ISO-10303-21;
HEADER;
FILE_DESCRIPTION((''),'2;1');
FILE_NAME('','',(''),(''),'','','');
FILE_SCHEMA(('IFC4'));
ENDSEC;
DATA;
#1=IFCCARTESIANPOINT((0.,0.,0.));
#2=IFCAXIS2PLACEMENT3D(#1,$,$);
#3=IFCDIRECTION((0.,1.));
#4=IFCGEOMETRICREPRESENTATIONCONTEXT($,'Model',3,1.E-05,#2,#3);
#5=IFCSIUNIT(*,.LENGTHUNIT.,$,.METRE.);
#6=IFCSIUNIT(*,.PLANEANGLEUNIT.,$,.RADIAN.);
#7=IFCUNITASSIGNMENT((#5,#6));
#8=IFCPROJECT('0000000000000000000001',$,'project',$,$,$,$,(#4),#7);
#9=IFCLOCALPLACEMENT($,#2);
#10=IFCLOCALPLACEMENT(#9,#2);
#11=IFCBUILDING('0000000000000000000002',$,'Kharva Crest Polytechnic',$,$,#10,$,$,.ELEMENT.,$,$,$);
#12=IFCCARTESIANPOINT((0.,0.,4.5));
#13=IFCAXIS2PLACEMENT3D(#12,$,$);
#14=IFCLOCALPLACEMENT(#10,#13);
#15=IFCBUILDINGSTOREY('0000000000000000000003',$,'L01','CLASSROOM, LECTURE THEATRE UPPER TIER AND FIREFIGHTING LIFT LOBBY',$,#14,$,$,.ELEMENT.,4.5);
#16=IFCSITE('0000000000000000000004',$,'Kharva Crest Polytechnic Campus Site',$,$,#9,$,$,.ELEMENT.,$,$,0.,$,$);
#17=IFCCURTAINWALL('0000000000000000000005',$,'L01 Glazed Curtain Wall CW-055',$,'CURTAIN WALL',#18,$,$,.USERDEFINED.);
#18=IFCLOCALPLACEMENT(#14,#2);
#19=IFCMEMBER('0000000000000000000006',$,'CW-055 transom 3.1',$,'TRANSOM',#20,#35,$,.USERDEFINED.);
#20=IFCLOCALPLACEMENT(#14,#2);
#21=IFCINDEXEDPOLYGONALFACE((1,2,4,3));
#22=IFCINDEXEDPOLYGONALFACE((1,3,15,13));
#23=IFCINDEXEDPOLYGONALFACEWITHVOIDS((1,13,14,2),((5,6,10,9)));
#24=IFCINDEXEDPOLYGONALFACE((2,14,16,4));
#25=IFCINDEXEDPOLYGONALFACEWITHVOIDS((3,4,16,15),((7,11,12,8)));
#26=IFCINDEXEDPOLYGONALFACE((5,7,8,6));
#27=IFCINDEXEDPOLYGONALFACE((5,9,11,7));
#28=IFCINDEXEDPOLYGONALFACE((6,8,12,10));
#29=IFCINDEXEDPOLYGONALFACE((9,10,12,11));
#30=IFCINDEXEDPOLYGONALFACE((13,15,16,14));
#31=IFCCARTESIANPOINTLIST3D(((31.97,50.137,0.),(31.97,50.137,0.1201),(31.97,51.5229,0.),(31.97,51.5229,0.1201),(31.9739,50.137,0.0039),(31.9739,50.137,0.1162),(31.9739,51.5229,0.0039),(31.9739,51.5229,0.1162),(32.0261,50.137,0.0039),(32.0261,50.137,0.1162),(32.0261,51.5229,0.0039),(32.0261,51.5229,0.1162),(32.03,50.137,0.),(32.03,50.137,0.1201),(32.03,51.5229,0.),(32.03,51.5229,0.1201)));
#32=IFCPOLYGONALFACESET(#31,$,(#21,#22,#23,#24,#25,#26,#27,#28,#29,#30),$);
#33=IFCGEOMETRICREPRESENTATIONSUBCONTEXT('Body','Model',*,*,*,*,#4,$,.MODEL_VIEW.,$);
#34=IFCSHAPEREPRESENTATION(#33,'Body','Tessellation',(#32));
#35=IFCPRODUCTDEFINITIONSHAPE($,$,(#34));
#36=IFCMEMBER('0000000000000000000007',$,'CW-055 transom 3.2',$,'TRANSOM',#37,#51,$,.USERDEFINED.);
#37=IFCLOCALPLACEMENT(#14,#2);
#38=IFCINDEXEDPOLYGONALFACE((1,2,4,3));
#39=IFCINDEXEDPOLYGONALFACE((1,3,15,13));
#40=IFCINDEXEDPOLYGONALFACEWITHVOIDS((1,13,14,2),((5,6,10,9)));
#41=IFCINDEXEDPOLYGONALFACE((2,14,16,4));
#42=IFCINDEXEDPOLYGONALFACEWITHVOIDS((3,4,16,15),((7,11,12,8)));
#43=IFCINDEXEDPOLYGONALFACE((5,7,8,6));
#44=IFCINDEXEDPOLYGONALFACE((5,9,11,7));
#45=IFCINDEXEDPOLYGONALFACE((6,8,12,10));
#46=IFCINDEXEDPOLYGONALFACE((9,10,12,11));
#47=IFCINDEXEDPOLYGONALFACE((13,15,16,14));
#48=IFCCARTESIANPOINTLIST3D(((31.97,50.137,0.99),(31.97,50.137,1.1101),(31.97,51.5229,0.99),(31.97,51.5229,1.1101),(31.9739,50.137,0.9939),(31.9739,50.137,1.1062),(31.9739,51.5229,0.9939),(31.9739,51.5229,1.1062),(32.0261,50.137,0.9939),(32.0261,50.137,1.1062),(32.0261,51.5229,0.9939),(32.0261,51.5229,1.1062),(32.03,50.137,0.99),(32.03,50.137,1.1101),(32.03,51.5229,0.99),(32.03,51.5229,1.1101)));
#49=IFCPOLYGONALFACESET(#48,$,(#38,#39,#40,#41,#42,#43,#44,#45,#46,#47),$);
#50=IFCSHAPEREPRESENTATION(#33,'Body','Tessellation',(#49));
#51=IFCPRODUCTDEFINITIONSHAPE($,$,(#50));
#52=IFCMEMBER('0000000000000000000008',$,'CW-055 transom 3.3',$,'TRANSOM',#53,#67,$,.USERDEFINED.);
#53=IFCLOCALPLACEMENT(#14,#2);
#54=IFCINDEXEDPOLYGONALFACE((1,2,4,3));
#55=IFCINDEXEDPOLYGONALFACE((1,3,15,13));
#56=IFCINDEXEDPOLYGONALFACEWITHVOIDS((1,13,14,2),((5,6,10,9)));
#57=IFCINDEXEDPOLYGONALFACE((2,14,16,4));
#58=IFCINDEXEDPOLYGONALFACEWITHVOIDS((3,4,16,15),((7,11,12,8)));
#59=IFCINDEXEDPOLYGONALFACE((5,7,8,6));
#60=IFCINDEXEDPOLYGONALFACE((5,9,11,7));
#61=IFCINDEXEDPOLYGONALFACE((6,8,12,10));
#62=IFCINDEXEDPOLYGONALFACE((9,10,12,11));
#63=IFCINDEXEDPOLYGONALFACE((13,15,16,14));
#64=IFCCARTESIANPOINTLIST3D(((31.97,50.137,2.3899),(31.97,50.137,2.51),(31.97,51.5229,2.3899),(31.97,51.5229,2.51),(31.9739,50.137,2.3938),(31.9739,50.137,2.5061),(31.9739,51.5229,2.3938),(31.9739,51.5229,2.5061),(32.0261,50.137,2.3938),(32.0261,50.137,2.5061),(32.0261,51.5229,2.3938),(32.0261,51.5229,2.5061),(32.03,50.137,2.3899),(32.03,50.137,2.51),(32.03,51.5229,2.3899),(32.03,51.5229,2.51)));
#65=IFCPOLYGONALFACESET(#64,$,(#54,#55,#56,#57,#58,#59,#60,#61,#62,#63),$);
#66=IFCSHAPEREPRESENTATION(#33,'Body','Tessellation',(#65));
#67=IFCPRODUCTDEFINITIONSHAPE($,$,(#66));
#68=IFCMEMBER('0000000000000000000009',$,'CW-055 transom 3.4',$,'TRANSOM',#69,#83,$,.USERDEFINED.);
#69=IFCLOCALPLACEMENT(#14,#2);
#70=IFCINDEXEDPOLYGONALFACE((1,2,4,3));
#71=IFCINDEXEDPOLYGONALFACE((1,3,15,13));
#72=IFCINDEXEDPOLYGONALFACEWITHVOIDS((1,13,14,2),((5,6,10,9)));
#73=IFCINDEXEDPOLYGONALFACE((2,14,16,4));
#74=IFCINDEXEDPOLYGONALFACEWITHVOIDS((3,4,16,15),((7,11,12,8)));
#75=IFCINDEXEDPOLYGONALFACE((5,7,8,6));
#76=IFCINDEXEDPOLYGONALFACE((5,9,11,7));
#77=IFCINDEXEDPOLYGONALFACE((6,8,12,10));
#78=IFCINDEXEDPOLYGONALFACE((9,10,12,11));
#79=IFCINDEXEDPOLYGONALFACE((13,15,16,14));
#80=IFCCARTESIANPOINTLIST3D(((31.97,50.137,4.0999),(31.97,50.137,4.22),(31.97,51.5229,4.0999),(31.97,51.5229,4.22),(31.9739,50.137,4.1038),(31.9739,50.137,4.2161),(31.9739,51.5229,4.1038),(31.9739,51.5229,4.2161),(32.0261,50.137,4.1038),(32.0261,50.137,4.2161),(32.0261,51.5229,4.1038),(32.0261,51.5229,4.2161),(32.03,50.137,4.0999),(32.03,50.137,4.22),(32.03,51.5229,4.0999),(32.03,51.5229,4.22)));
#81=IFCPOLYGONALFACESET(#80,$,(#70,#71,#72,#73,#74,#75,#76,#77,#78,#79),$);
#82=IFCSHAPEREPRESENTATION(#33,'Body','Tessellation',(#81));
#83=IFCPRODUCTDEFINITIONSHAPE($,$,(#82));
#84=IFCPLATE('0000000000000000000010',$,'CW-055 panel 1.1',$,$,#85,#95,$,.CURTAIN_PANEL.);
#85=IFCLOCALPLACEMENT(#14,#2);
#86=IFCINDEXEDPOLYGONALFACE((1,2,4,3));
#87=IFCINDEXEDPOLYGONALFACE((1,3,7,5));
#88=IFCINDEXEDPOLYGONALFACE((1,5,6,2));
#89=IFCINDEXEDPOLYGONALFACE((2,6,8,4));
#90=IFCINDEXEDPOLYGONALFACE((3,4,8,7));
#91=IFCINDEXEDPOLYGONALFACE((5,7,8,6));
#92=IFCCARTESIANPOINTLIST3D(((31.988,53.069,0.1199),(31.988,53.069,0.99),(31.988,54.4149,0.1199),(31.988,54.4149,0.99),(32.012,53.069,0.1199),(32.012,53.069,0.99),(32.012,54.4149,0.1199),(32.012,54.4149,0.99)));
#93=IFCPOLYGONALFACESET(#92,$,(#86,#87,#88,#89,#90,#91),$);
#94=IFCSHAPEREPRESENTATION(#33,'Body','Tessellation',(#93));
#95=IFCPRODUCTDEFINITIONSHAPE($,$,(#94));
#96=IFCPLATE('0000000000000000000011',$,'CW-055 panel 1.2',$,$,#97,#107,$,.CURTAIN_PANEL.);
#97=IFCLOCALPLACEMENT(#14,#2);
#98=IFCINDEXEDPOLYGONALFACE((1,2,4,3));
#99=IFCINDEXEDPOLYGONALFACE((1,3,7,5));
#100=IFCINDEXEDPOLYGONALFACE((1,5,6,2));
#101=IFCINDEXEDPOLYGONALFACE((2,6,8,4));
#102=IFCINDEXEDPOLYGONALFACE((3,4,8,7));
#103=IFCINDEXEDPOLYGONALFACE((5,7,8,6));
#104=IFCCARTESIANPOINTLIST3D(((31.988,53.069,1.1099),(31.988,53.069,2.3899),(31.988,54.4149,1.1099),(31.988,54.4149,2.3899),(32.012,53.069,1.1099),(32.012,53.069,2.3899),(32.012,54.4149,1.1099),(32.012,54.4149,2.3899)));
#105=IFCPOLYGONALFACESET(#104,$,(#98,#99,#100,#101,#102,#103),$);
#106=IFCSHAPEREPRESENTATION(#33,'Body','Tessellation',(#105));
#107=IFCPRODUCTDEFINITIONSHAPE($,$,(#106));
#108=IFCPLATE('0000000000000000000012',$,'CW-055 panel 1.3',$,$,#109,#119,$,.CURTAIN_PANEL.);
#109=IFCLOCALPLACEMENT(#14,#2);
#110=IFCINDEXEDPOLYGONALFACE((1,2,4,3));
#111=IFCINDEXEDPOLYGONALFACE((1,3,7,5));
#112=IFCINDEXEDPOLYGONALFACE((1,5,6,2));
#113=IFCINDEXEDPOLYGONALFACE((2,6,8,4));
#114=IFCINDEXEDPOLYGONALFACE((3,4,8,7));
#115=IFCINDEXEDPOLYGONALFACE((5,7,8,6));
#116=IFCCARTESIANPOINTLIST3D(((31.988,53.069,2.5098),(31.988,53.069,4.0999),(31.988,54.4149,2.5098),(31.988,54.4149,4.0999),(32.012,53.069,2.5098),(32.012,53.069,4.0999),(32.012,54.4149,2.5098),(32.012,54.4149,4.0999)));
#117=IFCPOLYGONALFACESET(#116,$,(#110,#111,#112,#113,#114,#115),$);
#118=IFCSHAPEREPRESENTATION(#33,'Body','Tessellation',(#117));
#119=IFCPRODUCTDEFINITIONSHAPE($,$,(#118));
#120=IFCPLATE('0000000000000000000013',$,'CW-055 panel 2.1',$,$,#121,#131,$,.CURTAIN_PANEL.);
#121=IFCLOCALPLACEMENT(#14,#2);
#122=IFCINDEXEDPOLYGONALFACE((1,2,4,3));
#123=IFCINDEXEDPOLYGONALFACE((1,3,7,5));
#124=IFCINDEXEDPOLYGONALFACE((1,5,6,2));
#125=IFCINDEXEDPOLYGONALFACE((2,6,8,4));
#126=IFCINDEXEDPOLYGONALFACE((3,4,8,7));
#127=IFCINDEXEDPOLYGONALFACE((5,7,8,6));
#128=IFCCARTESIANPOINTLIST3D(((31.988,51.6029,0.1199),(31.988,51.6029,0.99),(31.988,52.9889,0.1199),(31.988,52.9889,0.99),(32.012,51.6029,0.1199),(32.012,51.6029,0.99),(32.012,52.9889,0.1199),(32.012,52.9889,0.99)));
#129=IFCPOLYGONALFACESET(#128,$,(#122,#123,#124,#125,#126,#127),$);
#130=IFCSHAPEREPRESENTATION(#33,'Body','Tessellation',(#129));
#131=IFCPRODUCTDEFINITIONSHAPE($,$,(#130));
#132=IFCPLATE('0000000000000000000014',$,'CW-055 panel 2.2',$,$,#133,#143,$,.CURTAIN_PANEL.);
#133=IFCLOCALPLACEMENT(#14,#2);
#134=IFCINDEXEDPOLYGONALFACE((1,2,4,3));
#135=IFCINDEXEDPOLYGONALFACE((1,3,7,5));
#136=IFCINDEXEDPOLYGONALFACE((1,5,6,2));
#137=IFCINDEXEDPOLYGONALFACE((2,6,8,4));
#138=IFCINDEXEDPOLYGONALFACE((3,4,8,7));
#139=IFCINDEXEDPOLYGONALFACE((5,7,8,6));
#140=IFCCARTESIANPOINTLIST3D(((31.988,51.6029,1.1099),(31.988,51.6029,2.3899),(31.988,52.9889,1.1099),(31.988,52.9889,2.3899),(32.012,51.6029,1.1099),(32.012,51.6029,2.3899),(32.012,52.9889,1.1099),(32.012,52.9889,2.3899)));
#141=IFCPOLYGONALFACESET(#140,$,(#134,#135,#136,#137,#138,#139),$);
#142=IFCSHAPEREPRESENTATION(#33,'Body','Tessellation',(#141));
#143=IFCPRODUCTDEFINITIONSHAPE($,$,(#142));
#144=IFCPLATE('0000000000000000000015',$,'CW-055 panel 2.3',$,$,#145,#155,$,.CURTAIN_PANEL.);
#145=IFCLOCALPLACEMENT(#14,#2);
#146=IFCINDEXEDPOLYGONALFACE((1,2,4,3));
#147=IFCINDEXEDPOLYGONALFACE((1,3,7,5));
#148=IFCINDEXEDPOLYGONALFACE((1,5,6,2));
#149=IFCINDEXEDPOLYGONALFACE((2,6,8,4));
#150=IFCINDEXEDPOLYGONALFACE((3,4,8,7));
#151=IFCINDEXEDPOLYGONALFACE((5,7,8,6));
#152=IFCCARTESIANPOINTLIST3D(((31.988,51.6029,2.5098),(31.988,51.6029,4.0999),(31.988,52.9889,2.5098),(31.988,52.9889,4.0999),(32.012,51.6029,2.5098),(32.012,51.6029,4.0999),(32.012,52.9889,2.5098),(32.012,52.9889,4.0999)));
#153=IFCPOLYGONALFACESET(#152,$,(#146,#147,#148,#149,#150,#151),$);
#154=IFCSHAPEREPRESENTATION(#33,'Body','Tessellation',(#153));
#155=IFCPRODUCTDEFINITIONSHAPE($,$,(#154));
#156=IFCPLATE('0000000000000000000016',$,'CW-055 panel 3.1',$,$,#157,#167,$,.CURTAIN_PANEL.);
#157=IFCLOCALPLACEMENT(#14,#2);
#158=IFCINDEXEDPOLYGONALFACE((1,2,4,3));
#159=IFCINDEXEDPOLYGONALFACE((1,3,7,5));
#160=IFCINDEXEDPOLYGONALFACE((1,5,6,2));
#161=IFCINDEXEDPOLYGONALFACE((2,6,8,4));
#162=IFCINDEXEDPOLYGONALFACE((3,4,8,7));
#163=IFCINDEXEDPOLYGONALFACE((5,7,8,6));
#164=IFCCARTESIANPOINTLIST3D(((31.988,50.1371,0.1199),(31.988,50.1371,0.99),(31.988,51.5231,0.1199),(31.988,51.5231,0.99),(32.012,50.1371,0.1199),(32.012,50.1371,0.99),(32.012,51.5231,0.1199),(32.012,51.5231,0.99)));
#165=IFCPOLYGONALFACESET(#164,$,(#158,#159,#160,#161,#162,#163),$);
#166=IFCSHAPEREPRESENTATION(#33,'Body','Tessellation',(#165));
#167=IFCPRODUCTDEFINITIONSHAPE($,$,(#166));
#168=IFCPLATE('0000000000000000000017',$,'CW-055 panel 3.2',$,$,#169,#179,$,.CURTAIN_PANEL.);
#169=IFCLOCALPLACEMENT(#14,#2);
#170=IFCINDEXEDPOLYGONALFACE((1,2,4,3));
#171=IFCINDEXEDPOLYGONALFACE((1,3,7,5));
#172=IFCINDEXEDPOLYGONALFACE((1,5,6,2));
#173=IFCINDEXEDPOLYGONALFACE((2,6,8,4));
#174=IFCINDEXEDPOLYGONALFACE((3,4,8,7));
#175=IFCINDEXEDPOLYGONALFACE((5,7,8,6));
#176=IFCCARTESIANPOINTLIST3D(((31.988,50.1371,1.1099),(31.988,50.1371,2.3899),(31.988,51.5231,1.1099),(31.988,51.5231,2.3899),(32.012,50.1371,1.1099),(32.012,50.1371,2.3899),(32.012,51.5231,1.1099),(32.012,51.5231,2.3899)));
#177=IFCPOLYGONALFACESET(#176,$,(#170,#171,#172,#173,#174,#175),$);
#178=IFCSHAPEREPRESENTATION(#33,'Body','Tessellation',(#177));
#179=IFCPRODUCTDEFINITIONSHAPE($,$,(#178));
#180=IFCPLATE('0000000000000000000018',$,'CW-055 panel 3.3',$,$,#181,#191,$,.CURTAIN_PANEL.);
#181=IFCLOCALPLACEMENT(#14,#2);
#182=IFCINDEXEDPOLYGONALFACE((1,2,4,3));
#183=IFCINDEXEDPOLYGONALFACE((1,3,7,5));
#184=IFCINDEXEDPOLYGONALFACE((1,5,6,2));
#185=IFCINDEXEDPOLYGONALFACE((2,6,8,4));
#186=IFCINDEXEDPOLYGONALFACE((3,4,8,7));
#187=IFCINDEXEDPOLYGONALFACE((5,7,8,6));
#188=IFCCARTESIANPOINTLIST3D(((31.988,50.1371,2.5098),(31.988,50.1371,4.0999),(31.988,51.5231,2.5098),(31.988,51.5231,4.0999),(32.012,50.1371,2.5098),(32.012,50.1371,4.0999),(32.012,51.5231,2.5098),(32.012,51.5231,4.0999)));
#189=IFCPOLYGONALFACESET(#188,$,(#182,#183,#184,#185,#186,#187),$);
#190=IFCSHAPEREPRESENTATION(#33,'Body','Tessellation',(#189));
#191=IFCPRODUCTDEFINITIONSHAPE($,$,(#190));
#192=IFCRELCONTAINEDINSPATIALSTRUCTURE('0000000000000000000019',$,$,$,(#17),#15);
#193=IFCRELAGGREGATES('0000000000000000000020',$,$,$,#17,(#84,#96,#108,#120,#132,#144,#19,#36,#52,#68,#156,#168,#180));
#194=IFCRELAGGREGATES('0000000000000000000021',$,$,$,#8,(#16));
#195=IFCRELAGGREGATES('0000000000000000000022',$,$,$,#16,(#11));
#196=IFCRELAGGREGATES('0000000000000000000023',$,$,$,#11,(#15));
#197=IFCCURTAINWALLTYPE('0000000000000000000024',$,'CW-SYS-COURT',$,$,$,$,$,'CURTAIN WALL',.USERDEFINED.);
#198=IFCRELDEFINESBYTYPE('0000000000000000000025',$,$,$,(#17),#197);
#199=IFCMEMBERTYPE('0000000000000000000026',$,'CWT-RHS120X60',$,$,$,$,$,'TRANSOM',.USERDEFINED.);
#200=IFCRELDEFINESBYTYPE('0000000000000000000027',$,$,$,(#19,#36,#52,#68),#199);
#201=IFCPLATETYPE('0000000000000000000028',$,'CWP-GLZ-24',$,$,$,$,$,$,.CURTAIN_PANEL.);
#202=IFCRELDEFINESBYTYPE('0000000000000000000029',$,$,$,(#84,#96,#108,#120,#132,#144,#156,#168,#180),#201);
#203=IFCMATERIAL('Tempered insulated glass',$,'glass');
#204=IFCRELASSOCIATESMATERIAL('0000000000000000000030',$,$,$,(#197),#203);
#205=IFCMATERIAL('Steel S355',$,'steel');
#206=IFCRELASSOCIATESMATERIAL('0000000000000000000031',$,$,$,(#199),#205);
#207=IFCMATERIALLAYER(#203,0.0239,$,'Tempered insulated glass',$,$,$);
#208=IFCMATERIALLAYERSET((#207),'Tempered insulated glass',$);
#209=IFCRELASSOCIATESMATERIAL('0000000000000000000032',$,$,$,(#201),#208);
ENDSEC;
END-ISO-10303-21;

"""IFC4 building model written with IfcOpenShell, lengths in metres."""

from ifc_helpers import new_model, si_unit, direction, frame, origin, origin_2d, place, context, subcontext, project, spatial, rectangle, hollow_rectangle, extrude, material, layer, layer_set, material_profile, profile_set, type_object, element, aggregate, save


model = new_model("IFC4")

# Units and contexts
model_context = context("Model", 3, precision=1e-05, world=origin(), true_north=direction((0.0, 1.0)))
body_context = subcontext(model_context, "Body", "Model", "MODEL_VIEW")
ifc_project = project(units=[si_unit("LENGTHUNIT", "METRE"), si_unit("PLANEANGLEUNIT", "RADIAN")], contexts=[model_context])

# Site, building, storey
site_placement = place(None, origin())
site = spatial("IfcSite", under=ifc_project, at=site_placement, Name="Kharva Crest Polytechnic Campus Site", CompositionType="ELEMENT", RefElevation=0.0)
building_placement = place(site_placement, origin())
building = spatial("IfcBuilding", under=site, at=building_placement, Name="Kharva Crest Polytechnic", CompositionType="ELEMENT")
storey_placement = place(building_placement, frame((0.0, 0.0, 4.5)))
storey = spatial("IfcBuildingStorey", under=building, at=storey_placement, Name="L01", Description="CLASSROOM, LECTURE THEATRE UPPER TIER AND FIREFIGHTING LIFT LOBBY", CompositionType="ELEMENT", Elevation=4.5)

# Curtain wall, members, plates
ifc_material_1 = material(Name="Tempered insulated glass", Category="glass")
curtain_wall_type = type_object("IfcCurtainWallType", Name="CW-SYS-COURT", ElementType="CURTAIN WALL", PredefinedType="USERDEFINED", material=ifc_material_1)
curtain_wall_placement = place(storey_placement, origin())
curtain_wall = element("IfcCurtainWall", 1, at=curtain_wall_placement, inside=storey, type_object=curtain_wall_type, Name="L01 Glazed Curtain Wall CW-055", ObjectType="CURTAIN WALL", PredefinedType="USERDEFINED")
ifc_material_2 = material(Name="Steel S355", Category="steel")
ifc_material_profile_1 = material_profile(ifc_material_2, hollow_rectangle(XDim=0.0601, YDim=0.1201, WallThickness=0.0039, at=origin_2d()), Name="RHS 120X60X4.0")
ifc_profile_set_1 = profile_set([ifc_material_profile_1], Name="Steel S355")
member_type_1 = type_object("IfcMemberType", Name="CWT-RHS120X60", ElementType="TRANSOM", PredefinedType="USERDEFINED", material=ifc_profile_set_1)
member_1_placement = place(storey_placement, frame((32.0, 51.5229, 0.0601), z_axis=(0.0, -1.0, 0.0), x_axis=(1.0, 0.0, 0.0)))
member_1 = element("IfcMember", 2, at=member_1_placement, type_object=member_type_1, Name="CW-055 transom 3.1", ObjectType="TRANSOM", PredefinedType="USERDEFINED", context=body_context, shape_type="SweptSolid", body=[
    extrude(hollow_rectangle(XDim=0.0601, YDim=0.1201, WallThickness=0.0039, at=origin_2d()), origin(), (0.0, 0.0, 1.0), 1.386),
])
member_2_placement = place(storey_placement, frame((32.0, 51.5229, 1.05), z_axis=(0.0, -1.0, 0.0), x_axis=(1.0, 0.0, 0.0)))
member_2 = element("IfcMember", 3, at=member_2_placement, type_object=member_type_1, Name="CW-055 transom 3.2", ObjectType="TRANSOM", PredefinedType="USERDEFINED", context=body_context, shape_type="SweptSolid", body=[
    extrude(hollow_rectangle(XDim=0.0601, YDim=0.1201, WallThickness=0.0039, at=origin_2d()), origin(), (0.0, 0.0, 1.0), 1.386),
])
member_3_placement = place(storey_placement, frame((32.0, 51.5229, 2.45), z_axis=(0.0, -1.0, 0.0), x_axis=(1.0, 0.0, 0.0)))
member_3 = element("IfcMember", 4, at=member_3_placement, type_object=member_type_1, Name="CW-055 transom 3.3", ObjectType="TRANSOM", PredefinedType="USERDEFINED", context=body_context, shape_type="SweptSolid", body=[
    extrude(hollow_rectangle(XDim=0.0601, YDim=0.1201, WallThickness=0.0039, at=origin_2d()), origin(), (0.0, 0.0, 1.0), 1.386),
])
member_4_placement = place(storey_placement, frame((32.0, 51.5229, 4.1599), z_axis=(0.0, -1.0, 0.0), x_axis=(1.0, 0.0, 0.0)))
member_4 = element("IfcMember", 5, at=member_4_placement, type_object=member_type_1, Name="CW-055 transom 3.4", ObjectType="TRANSOM", PredefinedType="USERDEFINED", context=body_context, shape_type="SweptSolid", body=[
    extrude(hollow_rectangle(XDim=0.0601, YDim=0.1201, WallThickness=0.0039, at=origin_2d()), origin(), (0.0, 0.0, 1.0), 1.386),
])
ifc_layer = layer(ifc_material_1, 0.0239, Name="Tempered insulated glass")
ifc_layer_set = layer_set([ifc_layer], Name="Tempered insulated glass")
plate_type = type_object("IfcPlateType", Name="CWP-GLZ-24", PredefinedType="CURTAIN_PANEL", material=ifc_layer_set)
plate_1_placement = place(storey_placement, frame((32.0, 53.7419, 0.1199), z_axis=(0.0, 0.0, 1.0), x_axis=(0.0, -1.0, 0.0)))
plate_1 = element("IfcPlate", 6, at=plate_1_placement, type_object=plate_type, Name="CW-055 panel 1.1", PredefinedType="CURTAIN_PANEL", context=body_context, shape_type="SweptSolid", body=[
    extrude(rectangle(XDim=1.3459, YDim=0.0239, at=origin_2d()), origin(), (0.0, 0.0, 1.0), 0.8701),
])
plate_2_placement = place(storey_placement, frame((32.0, 53.7419, 1.1099), z_axis=(0.0, 0.0, 1.0), x_axis=(0.0, -1.0, 0.0)))
plate_2 = element("IfcPlate", 7, at=plate_2_placement, type_object=plate_type, Name="CW-055 panel 1.2", PredefinedType="CURTAIN_PANEL", context=body_context, shape_type="SweptSolid", body=[
    extrude(rectangle(XDim=1.3459, YDim=0.0239, at=origin_2d()), origin(), (0.0, 0.0, 1.0), 1.28),
])
plate_3_placement = place(storey_placement, frame((32.0, 53.7419, 2.5098), z_axis=(0.0, 0.0, 1.0), x_axis=(0.0, -1.0, 0.0)))
plate_3 = element("IfcPlate", 8, at=plate_3_placement, type_object=plate_type, Name="CW-055 panel 1.3", PredefinedType="CURTAIN_PANEL", context=body_context, shape_type="SweptSolid", body=[
    extrude(rectangle(XDim=1.3459, YDim=0.0239, at=origin_2d()), origin(), (0.0, 0.0, 1.0), 1.5901),
])
plate_4_placement = place(storey_placement, frame((32.0, 52.2959, 0.1199), z_axis=(0.0, 0.0, 1.0), x_axis=(0.0, -1.0, 0.0)))
plate_4 = element("IfcPlate", 9, at=plate_4_placement, type_object=plate_type, Name="CW-055 panel 2.1", PredefinedType="CURTAIN_PANEL", context=body_context, shape_type="SweptSolid", body=[
    extrude(rectangle(XDim=1.386, YDim=0.0239, at=origin_2d()), origin(), (0.0, 0.0, 1.0), 0.8701),
])
plate_5_placement = place(storey_placement, frame((32.0, 52.2959, 1.1099), z_axis=(0.0, 0.0, 1.0), x_axis=(0.0, -1.0, 0.0)))
plate_5 = element("IfcPlate", 10, at=plate_5_placement, type_object=plate_type, Name="CW-055 panel 2.2", PredefinedType="CURTAIN_PANEL", context=body_context, shape_type="SweptSolid", body=[
    extrude(rectangle(XDim=1.386, YDim=0.0239, at=origin_2d()), origin(), (0.0, 0.0, 1.0), 1.28),
])
plate_6_placement = place(storey_placement, frame((32.0, 52.2959, 2.5098), z_axis=(0.0, 0.0, 1.0), x_axis=(0.0, -1.0, 0.0)))
plate_6 = element("IfcPlate", 11, at=plate_6_placement, type_object=plate_type, Name="CW-055 panel 2.3", PredefinedType="CURTAIN_PANEL", context=body_context, shape_type="SweptSolid", body=[
    extrude(rectangle(XDim=1.386, YDim=0.0239, at=origin_2d()), origin(), (0.0, 0.0, 1.0), 1.5901),
])
plate_7_placement = place(storey_placement, frame((32.0, 50.8301, 0.1199), z_axis=(0.0, 0.0, 1.0), x_axis=(0.0, -1.0, 0.0)))
plate_7 = element("IfcPlate", 12, at=plate_7_placement, type_object=plate_type, Name="CW-055 panel 3.1", PredefinedType="CURTAIN_PANEL", context=body_context, shape_type="SweptSolid", body=[
    extrude(rectangle(XDim=1.386, YDim=0.0239, at=origin_2d()), origin(), (0.0, 0.0, 1.0), 0.8701),
])
plate_8_placement = place(storey_placement, frame((32.0, 50.8301, 1.1099), z_axis=(0.0, 0.0, 1.0), x_axis=(0.0, -1.0, 0.0)))
plate_8 = element("IfcPlate", 13, at=plate_8_placement, type_object=plate_type, Name="CW-055 panel 3.2", PredefinedType="CURTAIN_PANEL", context=body_context, shape_type="SweptSolid", body=[
    extrude(rectangle(XDim=1.386, YDim=0.0239, at=origin_2d()), origin(), (0.0, 0.0, 1.0), 1.28),
])
plate_9_placement = place(storey_placement, frame((32.0, 50.8301, 2.5098), z_axis=(0.0, 0.0, 1.0), x_axis=(0.0, -1.0, 0.0)))
plate_9 = element("IfcPlate", 14, at=plate_9_placement, type_object=plate_type, Name="CW-055 panel 3.3", PredefinedType="CURTAIN_PANEL", context=body_context, shape_type="SweptSolid", body=[
    extrude(rectangle(XDim=1.386, YDim=0.0239, at=origin_2d()), origin(), (0.0, 0.0, 1.0), 1.5901),
])
aggregate(curtain_wall, [plate_1, plate_2, plate_3, plate_4, plate_5, plate_6, member_1, member_2, member_3, member_4, plate_7, plate_8, plate_9])

save(model, "model.ifc")
